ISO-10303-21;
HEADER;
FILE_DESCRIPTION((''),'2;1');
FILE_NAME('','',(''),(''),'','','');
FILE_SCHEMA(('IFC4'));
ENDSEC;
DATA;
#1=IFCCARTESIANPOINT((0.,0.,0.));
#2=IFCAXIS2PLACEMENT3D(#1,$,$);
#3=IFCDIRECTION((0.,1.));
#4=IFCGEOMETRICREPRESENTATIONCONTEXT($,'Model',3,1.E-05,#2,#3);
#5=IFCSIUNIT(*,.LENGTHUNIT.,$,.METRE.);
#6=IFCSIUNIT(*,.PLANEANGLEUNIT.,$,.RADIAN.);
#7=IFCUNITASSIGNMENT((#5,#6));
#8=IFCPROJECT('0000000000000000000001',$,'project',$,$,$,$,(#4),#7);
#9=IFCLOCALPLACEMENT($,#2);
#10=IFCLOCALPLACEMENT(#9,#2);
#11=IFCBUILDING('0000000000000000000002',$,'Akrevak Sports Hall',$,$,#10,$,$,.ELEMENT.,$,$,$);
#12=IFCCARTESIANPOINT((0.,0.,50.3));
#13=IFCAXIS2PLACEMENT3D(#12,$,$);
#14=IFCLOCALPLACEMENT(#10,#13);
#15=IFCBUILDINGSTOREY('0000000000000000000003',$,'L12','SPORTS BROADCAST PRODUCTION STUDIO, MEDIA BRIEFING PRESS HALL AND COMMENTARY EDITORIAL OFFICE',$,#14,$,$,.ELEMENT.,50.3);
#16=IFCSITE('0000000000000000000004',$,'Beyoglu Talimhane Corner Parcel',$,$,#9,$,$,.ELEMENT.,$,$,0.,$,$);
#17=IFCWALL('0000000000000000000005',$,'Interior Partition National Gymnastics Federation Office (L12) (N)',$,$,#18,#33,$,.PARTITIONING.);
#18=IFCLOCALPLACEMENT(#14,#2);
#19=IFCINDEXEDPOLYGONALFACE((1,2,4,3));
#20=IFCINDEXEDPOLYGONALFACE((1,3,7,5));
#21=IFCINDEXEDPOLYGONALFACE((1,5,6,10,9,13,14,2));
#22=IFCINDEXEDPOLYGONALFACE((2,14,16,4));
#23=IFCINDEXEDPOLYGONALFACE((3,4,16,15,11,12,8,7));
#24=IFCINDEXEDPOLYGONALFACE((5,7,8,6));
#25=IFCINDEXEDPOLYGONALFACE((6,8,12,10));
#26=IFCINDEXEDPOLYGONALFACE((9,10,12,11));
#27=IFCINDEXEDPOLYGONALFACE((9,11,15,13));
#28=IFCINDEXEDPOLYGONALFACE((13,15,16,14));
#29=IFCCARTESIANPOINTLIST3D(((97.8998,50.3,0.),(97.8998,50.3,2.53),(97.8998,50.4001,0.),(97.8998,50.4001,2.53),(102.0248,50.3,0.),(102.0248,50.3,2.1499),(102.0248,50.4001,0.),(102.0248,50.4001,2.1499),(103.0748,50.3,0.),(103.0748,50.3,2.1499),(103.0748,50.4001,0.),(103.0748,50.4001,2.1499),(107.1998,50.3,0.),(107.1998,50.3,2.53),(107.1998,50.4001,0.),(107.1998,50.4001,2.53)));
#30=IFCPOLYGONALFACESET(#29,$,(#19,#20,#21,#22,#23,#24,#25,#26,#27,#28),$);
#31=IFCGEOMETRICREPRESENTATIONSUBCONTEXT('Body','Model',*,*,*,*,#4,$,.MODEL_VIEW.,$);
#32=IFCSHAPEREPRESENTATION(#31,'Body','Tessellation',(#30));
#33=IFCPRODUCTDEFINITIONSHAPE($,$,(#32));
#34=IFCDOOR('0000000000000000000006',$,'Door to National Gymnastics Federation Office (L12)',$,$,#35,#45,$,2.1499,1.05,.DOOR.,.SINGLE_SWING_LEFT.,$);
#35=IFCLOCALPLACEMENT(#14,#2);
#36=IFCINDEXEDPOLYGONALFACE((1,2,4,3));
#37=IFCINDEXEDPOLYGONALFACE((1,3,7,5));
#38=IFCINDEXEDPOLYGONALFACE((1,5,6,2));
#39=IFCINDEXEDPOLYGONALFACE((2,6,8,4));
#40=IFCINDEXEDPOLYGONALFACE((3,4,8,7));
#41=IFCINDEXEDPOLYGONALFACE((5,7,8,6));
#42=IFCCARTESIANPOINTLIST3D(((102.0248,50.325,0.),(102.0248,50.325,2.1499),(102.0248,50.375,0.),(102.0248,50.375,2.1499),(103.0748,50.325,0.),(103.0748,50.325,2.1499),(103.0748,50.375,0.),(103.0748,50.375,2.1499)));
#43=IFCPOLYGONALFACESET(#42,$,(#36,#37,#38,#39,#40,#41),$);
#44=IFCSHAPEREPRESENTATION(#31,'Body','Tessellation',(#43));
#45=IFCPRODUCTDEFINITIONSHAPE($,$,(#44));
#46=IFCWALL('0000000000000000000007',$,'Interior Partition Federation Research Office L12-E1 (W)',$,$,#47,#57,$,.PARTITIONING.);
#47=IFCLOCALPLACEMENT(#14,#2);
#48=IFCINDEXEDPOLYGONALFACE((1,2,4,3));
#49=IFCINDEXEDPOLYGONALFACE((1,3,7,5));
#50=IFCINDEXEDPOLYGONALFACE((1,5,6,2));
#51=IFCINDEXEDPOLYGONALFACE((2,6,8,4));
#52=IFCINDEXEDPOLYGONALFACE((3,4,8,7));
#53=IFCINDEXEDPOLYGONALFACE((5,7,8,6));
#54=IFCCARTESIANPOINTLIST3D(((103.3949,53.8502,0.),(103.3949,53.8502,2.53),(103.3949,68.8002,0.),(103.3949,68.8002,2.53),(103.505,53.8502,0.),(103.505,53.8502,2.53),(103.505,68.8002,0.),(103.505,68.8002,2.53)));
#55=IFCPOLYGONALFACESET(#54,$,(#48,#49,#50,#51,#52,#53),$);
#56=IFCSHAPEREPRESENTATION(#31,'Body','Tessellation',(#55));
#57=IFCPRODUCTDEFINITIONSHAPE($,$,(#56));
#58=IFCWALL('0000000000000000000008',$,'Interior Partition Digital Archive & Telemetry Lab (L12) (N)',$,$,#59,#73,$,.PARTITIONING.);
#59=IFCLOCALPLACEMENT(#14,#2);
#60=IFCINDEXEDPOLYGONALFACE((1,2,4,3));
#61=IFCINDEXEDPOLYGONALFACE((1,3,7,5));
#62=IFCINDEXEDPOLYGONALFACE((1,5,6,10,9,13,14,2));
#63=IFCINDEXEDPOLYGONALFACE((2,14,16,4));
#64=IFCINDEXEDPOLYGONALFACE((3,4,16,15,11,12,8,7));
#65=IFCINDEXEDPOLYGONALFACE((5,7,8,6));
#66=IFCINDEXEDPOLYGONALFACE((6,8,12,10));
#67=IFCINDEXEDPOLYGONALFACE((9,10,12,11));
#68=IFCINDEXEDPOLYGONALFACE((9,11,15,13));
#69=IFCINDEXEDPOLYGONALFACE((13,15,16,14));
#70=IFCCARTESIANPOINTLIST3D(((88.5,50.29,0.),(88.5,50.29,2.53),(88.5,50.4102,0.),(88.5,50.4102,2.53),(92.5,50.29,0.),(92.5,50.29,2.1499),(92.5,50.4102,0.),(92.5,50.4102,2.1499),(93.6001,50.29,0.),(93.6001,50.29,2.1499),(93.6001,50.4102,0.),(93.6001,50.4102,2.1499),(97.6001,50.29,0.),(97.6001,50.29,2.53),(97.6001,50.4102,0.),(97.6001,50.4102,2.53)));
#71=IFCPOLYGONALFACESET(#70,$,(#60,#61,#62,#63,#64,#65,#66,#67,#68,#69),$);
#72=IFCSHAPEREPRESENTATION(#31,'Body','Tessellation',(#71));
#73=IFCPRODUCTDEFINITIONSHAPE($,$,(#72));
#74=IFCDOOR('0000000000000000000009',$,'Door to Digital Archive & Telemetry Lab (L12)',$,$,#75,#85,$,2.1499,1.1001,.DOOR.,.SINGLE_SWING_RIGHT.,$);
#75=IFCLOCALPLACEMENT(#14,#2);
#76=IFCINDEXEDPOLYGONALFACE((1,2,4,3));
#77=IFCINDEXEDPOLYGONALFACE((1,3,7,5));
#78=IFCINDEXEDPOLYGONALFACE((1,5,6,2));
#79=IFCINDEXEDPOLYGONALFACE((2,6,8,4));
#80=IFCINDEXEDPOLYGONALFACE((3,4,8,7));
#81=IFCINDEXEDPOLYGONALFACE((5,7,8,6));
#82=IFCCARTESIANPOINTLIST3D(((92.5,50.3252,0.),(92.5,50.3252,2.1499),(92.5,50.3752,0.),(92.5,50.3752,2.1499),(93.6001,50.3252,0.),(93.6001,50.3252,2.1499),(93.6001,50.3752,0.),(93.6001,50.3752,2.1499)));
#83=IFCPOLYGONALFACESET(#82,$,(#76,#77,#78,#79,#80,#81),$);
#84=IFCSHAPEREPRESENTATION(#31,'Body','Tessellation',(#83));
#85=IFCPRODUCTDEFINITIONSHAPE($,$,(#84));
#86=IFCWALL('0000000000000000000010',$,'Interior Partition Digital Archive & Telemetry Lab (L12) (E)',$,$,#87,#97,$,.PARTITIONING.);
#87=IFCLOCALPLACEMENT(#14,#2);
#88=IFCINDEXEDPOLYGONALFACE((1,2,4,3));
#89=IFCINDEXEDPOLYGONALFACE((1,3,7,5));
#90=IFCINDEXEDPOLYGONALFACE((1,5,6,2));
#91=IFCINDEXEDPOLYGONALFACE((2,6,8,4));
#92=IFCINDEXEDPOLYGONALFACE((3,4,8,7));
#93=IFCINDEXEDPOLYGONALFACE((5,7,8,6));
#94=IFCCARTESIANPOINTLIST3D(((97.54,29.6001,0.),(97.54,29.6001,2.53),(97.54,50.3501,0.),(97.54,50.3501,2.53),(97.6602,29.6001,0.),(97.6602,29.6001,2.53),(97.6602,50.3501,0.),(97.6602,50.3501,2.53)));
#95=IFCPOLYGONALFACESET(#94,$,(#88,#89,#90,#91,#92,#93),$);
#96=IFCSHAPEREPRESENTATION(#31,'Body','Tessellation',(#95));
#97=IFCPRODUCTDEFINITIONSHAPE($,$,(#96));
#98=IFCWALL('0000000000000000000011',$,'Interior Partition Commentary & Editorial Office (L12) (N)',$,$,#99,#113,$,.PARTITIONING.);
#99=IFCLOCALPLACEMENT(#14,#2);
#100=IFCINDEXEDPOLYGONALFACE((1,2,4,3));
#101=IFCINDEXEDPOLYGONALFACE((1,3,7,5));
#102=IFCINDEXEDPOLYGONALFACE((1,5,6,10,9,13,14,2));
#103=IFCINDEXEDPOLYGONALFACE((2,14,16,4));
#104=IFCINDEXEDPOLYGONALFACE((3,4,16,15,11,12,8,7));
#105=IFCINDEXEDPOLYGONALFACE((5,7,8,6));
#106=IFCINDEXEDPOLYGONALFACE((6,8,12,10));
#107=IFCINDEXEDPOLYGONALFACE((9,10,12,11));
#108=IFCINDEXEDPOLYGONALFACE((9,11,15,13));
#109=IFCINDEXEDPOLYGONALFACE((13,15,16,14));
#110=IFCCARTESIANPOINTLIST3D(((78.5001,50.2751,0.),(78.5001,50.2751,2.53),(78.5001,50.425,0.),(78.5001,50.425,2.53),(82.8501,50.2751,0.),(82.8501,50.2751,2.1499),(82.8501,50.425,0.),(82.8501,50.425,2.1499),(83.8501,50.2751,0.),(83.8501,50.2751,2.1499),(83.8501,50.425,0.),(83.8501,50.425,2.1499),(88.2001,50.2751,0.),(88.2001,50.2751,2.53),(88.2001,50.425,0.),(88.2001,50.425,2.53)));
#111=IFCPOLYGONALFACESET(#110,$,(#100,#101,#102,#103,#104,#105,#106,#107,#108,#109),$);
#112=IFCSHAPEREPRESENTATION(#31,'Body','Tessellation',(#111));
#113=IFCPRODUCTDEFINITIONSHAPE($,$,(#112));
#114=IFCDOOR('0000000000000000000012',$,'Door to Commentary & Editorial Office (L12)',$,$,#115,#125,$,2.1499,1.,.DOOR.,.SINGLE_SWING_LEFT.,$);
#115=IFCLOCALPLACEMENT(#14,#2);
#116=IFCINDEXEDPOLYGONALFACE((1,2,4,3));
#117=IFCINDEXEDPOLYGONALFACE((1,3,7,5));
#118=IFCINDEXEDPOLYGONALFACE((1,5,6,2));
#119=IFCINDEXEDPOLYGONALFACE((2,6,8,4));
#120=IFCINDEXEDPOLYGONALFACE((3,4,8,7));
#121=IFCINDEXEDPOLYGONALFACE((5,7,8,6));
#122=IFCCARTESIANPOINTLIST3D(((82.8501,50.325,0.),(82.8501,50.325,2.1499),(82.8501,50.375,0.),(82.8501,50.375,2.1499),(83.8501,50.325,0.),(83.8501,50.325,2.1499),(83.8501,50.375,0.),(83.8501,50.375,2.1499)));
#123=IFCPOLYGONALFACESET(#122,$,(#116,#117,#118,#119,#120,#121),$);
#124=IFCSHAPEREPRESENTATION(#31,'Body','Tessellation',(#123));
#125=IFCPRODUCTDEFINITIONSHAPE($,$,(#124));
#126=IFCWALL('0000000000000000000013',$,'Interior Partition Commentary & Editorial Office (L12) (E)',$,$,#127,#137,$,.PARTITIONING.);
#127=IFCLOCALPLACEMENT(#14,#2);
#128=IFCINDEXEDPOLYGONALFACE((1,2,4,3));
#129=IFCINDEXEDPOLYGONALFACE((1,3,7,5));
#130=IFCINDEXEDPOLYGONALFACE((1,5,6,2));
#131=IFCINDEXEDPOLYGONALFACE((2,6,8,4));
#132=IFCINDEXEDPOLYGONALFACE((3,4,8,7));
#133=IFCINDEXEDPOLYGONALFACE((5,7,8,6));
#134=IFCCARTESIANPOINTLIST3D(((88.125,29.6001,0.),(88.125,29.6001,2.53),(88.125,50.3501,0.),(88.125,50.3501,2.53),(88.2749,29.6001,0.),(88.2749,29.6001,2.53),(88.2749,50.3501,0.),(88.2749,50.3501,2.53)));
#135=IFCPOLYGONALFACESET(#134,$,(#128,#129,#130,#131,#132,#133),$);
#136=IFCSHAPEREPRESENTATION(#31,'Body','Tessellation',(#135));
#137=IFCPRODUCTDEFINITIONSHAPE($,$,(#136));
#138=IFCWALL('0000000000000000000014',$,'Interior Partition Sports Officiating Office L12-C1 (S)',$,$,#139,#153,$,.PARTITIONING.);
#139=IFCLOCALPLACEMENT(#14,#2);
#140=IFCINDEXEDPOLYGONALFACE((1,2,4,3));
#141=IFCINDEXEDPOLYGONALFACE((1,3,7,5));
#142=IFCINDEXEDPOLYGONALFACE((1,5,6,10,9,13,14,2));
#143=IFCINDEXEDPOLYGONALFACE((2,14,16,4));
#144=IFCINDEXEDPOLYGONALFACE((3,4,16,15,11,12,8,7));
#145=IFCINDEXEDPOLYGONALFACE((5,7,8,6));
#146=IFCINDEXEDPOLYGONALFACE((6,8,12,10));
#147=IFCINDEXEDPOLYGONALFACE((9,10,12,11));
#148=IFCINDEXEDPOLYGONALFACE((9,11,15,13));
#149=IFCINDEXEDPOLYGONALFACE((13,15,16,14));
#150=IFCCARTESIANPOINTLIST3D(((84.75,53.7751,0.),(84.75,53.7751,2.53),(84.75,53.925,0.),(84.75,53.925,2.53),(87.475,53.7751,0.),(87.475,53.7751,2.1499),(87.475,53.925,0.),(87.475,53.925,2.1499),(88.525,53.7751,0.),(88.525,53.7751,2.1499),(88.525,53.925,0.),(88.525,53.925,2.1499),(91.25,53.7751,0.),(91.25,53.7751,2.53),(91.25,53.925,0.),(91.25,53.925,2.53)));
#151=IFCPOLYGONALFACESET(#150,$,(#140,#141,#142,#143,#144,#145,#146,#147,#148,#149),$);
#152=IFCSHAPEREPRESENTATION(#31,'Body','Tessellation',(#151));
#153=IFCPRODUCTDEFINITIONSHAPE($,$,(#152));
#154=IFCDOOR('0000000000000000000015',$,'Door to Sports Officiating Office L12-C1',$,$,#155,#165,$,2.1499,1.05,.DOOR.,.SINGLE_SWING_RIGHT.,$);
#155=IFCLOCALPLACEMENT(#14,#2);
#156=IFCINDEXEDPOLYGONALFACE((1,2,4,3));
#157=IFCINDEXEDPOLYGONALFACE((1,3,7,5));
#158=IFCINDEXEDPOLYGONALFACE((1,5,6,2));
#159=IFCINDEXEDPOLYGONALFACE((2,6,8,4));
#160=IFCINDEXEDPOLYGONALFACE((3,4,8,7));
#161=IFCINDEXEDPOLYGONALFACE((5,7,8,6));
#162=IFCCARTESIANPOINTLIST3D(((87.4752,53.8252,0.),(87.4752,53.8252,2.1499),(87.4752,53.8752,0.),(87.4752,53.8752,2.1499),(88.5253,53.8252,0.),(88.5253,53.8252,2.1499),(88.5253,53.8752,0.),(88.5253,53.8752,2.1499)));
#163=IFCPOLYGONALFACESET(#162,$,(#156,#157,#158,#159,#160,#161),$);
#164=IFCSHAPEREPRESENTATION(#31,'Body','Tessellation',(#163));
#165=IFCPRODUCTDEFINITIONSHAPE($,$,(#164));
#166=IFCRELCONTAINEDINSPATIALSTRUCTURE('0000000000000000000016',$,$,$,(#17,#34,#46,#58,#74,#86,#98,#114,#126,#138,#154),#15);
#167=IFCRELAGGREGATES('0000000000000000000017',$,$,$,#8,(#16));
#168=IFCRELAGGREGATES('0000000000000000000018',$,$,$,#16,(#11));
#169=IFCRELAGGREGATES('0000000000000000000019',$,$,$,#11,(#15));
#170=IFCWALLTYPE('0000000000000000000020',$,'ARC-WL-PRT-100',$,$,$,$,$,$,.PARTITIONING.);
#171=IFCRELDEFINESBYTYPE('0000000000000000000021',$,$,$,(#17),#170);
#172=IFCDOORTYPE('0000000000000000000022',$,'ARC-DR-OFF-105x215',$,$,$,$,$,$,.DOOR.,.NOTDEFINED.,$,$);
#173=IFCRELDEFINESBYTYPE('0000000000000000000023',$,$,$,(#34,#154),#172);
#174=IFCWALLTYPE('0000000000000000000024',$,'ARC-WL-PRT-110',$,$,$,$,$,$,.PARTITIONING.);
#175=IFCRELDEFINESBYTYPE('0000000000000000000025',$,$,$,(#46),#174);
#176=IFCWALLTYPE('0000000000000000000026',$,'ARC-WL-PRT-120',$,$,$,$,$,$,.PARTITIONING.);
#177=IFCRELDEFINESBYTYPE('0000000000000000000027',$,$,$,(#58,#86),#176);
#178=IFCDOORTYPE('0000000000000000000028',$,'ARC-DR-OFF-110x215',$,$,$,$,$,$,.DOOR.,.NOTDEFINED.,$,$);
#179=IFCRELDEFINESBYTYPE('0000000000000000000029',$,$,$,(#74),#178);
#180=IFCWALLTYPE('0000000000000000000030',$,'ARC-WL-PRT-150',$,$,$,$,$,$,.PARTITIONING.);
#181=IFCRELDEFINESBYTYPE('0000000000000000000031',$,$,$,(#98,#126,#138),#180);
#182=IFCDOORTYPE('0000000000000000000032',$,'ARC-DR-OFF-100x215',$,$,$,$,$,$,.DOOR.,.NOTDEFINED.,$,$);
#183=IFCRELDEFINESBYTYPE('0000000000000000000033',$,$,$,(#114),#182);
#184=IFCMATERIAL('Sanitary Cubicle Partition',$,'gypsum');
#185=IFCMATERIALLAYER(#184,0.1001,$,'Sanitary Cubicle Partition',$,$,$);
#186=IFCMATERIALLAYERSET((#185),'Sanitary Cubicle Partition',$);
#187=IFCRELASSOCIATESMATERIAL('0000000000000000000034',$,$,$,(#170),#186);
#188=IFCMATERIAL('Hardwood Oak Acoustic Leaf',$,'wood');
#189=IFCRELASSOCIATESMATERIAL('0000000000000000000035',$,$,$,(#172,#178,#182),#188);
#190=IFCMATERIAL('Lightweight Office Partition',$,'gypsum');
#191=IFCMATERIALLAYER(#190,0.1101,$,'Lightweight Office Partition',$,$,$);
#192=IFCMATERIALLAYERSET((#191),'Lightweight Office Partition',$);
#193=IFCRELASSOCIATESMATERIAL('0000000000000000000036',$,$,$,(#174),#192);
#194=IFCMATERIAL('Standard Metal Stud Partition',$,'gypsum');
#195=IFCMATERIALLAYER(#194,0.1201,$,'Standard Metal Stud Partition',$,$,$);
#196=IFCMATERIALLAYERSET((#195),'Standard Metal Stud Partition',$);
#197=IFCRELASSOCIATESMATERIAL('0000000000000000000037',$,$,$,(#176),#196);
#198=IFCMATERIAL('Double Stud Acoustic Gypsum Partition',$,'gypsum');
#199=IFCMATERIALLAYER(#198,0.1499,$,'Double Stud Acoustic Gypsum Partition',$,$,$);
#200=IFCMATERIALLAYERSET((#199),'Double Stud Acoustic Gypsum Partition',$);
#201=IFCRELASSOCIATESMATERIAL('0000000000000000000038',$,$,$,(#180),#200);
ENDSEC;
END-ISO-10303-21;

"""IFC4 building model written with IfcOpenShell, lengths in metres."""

from ifc_helpers import new_model, si_unit, direction, frame, frame_2d, origin, place, context, subcontext, project, spatial, rectangle, extrude, material, layer, layer_set, type_object, element, fill, save


model = new_model("IFC4")

# Units and contexts
model_context = context("Model", 3, precision=1e-05, world=origin(), true_north=direction((0.0, 1.0)))
body_context = subcontext(model_context, "Body", "Model", "MODEL_VIEW")
ifc_project = project(units=[si_unit("LENGTHUNIT", "METRE"), si_unit("PLANEANGLEUNIT", "RADIAN")], contexts=[model_context])

# Site, building, storey
site_placement = place(None, origin())
site = spatial("IfcSite", under=ifc_project, at=site_placement, Name="Beyoglu Talimhane Corner Parcel", CompositionType="ELEMENT", RefElevation=0.0)
building_placement = place(site_placement, origin())
building = spatial("IfcBuilding", under=site, at=building_placement, Name="Akrevak Sports Hall", CompositionType="ELEMENT")
storey_placement = place(building_placement, frame((0.0, 0.0, 50.3)))
storey = spatial("IfcBuildingStorey", under=building, at=storey_placement, Name="L12", Description="SPORTS BROADCAST PRODUCTION STUDIO, MEDIA BRIEFING PRESS HALL AND COMMENTARY EDITORIAL OFFICE", CompositionType="ELEMENT", Elevation=50.3)

# Wall, opening, door
ifc_material_1 = material(Name="Sanitary Cubicle Partition", Category="gypsum")
ifc_layer_1 = layer(ifc_material_1, 0.1001, Name="Sanitary Cubicle Partition")
ifc_layer_set_1 = layer_set([ifc_layer_1], Name="Sanitary Cubicle Partition")
wall_type_1 = type_object("IfcWallType", Name="ARC-WL-PRT-100", PredefinedType="PARTITIONING", material=ifc_layer_set_1)
wall_1_placement = place(storey_placement, frame((97.8999, 50.3501, 0.0), z_axis=(0.0, 0.0, 1.0), x_axis=(1.0, 0.0, 0.0)))
wall_1 = element("IfcWall", 1, at=wall_1_placement, inside=storey, type_object=wall_type_1, Name="Interior Partition National Gymnastics Federation Office (L12) (N)", PredefinedType="PARTITIONING", context=body_context, shape_type="SweptSolid", body=[
    extrude(rectangle(XDim=9.3, YDim=0.1001, at=frame_2d((4.6499, 0.0))), origin(), (0.0, 0.0, 1.0), 2.53),
])
opening_1_placement = place(wall_1_placement, frame((4.125, 0.0, 0.0)))
opening_1 = element("IfcOpeningElement", 2, at=opening_1_placement, cuts=wall_1, PredefinedType="OPENING", context=body_context, shape_type="SweptSolid", body=[
    extrude(rectangle(XDim=1.05, YDim=2.1499, at=frame_2d((0.5249, 1.075))), frame((0.0, 0.062, 0.0), z_axis=(0.0, -1.0, 0.0), x_axis=(1.0, 0.0, 0.0)), (0.0, 0.0, 1.0), 0.124),
])
ifc_material_2 = material(Name="Hardwood Oak Acoustic Leaf", Category="wood")
door_type_1 = type_object("IfcDoorType", Name="ARC-DR-OFF-105x215", OperationType="NOTDEFINED", PredefinedType="DOOR", material=ifc_material_2)
door_1_placement = place(opening_1_placement, origin())
door_1 = element("IfcDoor", 3, at=door_1_placement, inside=storey, type_object=door_type_1, Name="Door to National Gymnastics Federation Office (L12)", OperationType="SINGLE_SWING_LEFT", OverallHeight=2.1499, OverallWidth=1.05, PredefinedType="DOOR", context=body_context, shape_type="SweptSolid", body=[
    extrude(rectangle(XDim=1.05, YDim=2.1499, at=frame_2d((0.5249, 1.075))), frame((0.0, 0.0249, 0.0), z_axis=(0.0, -1.0, 0.0), x_axis=(1.0, 0.0, 0.0)), (0.0, 0.0, 1.0), 0.05),
])
fill(opening_1, door_1)
ifc_material_3 = material(Name="Lightweight Office Partition", Category="gypsum")
ifc_layer_2 = layer(ifc_material_3, 0.1101, Name="Lightweight Office Partition")
ifc_layer_set_2 = layer_set([ifc_layer_2], Name="Lightweight Office Partition")
wall_type_2 = type_object("IfcWallType", Name="ARC-WL-PRT-110", PredefinedType="PARTITIONING", material=ifc_layer_set_2)
door_type_2 = type_object("IfcDoorType", Name="ARC-DR-OFF-110x215", OperationType="NOTDEFINED", PredefinedType="DOOR", material=ifc_material_2)

# Wall
wall_2_placement = place(storey_placement, frame((103.45, 53.8501, 0.0), z_axis=(0.0, 0.0, 1.0), x_axis=(0.0, 1.0, 0.0)))
element("IfcWall", 4, at=wall_2_placement, inside=storey, type_object=wall_type_2, Name="Interior Partition Federation Research Office L12-E1 (W)", PredefinedType="PARTITIONING", context=body_context, shape_type="SweptSolid", body=[
    extrude(rectangle(XDim=14.95, YDim=0.1101, at=frame_2d((7.4751, 0.0))), origin(), (0.0, 0.0, 1.0), 2.53),
])

# Wall, opening, door
ifc_material_4 = material(Name="Standard Metal Stud Partition", Category="gypsum")
ifc_layer_3 = layer(ifc_material_4, 0.1201, Name="Standard Metal Stud Partition")
ifc_layer_set_3 = layer_set([ifc_layer_3], Name="Standard Metal Stud Partition")
wall_type_3 = type_object("IfcWallType", Name="ARC-WL-PRT-120", PredefinedType="PARTITIONING", material=ifc_layer_set_3)
wall_3_placement = place(storey_placement, frame((88.5, 50.3501, 0.0), z_axis=(0.0, 0.0, 1.0), x_axis=(1.0, 0.0, 0.0)))
wall_3 = element("IfcWall", 5, at=wall_3_placement, inside=storey, type_object=wall_type_3, Name="Interior Partition Digital Archive & Telemetry Lab (L12) (N)", PredefinedType="PARTITIONING", context=body_context, shape_type="SweptSolid", body=[
    extrude(rectangle(XDim=9.1001, YDim=0.1201, at=frame_2d((4.55, 0.0))), origin(), (0.0, 0.0, 1.0), 2.53),
])
opening_2_placement = place(wall_3_placement, frame((4.0, 0.0, 0.0)))
opening_2 = element("IfcOpeningElement", 6, at=opening_2_placement, cuts=wall_3, PredefinedType="OPENING", context=body_context, shape_type="SweptSolid", body=[
    extrude(rectangle(XDim=1.1001, YDim=2.1499, at=frame_2d((0.55, 1.075))), frame((0.0, 0.072, 0.0), z_axis=(0.0, -1.0, 0.0), x_axis=(1.0, 0.0, 0.0)), (0.0, 0.0, 1.0), 0.144),
])
door_2_placement = place(opening_2_placement, frame((1.1001, 0.0, 0.0), z_axis=(0.0, 0.0, 1.0), x_axis=(-1.0, 0.0, 0.0)))
door_2 = element("IfcDoor", 7, at=door_2_placement, inside=storey, type_object=door_type_2, Name="Door to Digital Archive & Telemetry Lab (L12)", OperationType="SINGLE_SWING_RIGHT", OverallHeight=2.1499, OverallWidth=1.1001, PredefinedType="DOOR", context=body_context, shape_type="SweptSolid", body=[
    extrude(rectangle(XDim=1.1001, YDim=2.1499, at=frame_2d((0.55, 1.075))), frame((0.0, 0.0249, 0.0), z_axis=(0.0, -1.0, 0.0), x_axis=(1.0, 0.0, 0.0)), (0.0, 0.0, 1.0), 0.05),
])
fill(opening_2, door_2)

# Wall
wall_4_placement = place(storey_placement, frame((97.6001, 29.6001, 0.0), z_axis=(0.0, 0.0, 1.0), x_axis=(0.0, 1.0, 0.0)))
element("IfcWall", 8, at=wall_4_placement, inside=storey, type_object=wall_type_3, Name="Interior Partition Digital Archive & Telemetry Lab (L12) (E)", PredefinedType="PARTITIONING", context=body_context, shape_type="SweptSolid", body=[
    extrude(rectangle(XDim=20.75, YDim=0.1201, at=frame_2d((10.375, 0.0))), origin(), (0.0, 0.0, 1.0), 2.53),
])

# Wall, opening, door
ifc_material_5 = material(Name="Double Stud Acoustic Gypsum Partition", Category="gypsum")
ifc_layer_4 = layer(ifc_material_5, 0.1499, Name="Double Stud Acoustic Gypsum Partition")
ifc_layer_set_4 = layer_set([ifc_layer_4], Name="Double Stud Acoustic Gypsum Partition")
wall_type_4 = type_object("IfcWallType", Name="ARC-WL-PRT-150", PredefinedType="PARTITIONING", material=ifc_layer_set_4)
wall_5_placement = place(storey_placement, frame((78.5, 50.3501, 0.0), z_axis=(0.0, 0.0, 1.0), x_axis=(1.0, 0.0, 0.0)))
wall_5 = element("IfcWall", 9, at=wall_5_placement, inside=storey, type_object=wall_type_4, Name="Interior Partition Commentary & Editorial Office (L12) (N)", PredefinedType="PARTITIONING", context=body_context, shape_type="SweptSolid", body=[
    extrude(rectangle(XDim=9.7, YDim=0.1499, at=frame_2d((4.8501, 0.0))), origin(), (0.0, 0.0, 1.0), 2.53),
])
opening_3_placement = place(wall_5_placement, frame((4.3501, 0.0, 0.0)))
opening_3 = element("IfcOpeningElement", 10, at=opening_3_placement, cuts=wall_5, PredefinedType="OPENING", context=body_context, shape_type="SweptSolid", body=[
    extrude(rectangle(XDim=1.0, YDim=2.1499, at=frame_2d((0.5, 1.075))), frame((0.0, 0.0869, 0.0), z_axis=(0.0, -1.0, 0.0), x_axis=(1.0, 0.0, 0.0)), (0.0, 0.0, 1.0), 0.1738),
])
door_type_3 = type_object("IfcDoorType", Name="ARC-DR-OFF-100x215", OperationType="NOTDEFINED", PredefinedType="DOOR", material=ifc_material_2)
door_3_placement = place(opening_3_placement, origin())
door_3 = element("IfcDoor", 11, at=door_3_placement, inside=storey, type_object=door_type_3, Name="Door to Commentary & Editorial Office (L12)", OperationType="SINGLE_SWING_LEFT", OverallHeight=2.1499, OverallWidth=1.0, PredefinedType="DOOR", context=body_context, shape_type="SweptSolid", body=[
    extrude(rectangle(XDim=1.0, YDim=2.1499, at=frame_2d((0.5, 1.075))), frame((0.0, 0.0249, 0.0), z_axis=(0.0, -1.0, 0.0), x_axis=(1.0, 0.0, 0.0)), (0.0, 0.0, 1.0), 0.05),
])
fill(opening_3, door_3)

# Wall
wall_6_placement = place(storey_placement, frame((88.2, 29.6001, 0.0), z_axis=(0.0, 0.0, 1.0), x_axis=(0.0, 1.0, 0.0)))
element("IfcWall", 12, at=wall_6_placement, inside=storey, type_object=wall_type_4, Name="Interior Partition Commentary & Editorial Office (L12) (E)", PredefinedType="PARTITIONING", context=body_context, shape_type="SweptSolid", body=[
    extrude(rectangle(XDim=20.75, YDim=0.1499, at=frame_2d((10.375, 0.0))), origin(), (0.0, 0.0, 1.0), 2.53),
])

# Wall, opening, door
wall_7_placement = place(storey_placement, frame((84.75, 53.8501, 0.0), z_axis=(0.0, 0.0, 1.0), x_axis=(1.0, 0.0, 0.0)))
wall_7 = element("IfcWall", 13, at=wall_7_placement, inside=storey, type_object=wall_type_4, Name="Interior Partition Sports Officiating Office L12-C1 (S)", PredefinedType="PARTITIONING", context=body_context, shape_type="SweptSolid", body=[
    extrude(rectangle(XDim=6.5, YDim=0.1499, at=frame_2d((3.25, 0.0))), origin(), (0.0, 0.0, 1.0), 2.53),
])
opening_4_placement = place(wall_7_placement, frame((2.7251, 0.0, 0.0)))
opening_4 = element("IfcOpeningElement", 14, at=opening_4_placement, cuts=wall_7, PredefinedType="OPENING", context=body_context, shape_type="SweptSolid", body=[
    extrude(rectangle(XDim=1.05, YDim=2.1499, at=frame_2d((0.5249, 1.075))), frame((0.0, 0.0869, 0.0), z_axis=(0.0, -1.0, 0.0), x_axis=(1.0, 0.0, 0.0)), (0.0, 0.0, 1.0), 0.1738),
])
door_4_placement = place(opening_4_placement, frame((1.05, 0.0, 0.0), z_axis=(0.0, 0.0, 1.0), x_axis=(-1.0, 0.0, 0.0)))
door_4 = element("IfcDoor", 15, at=door_4_placement, inside=storey, type_object=door_type_1, Name="Door to Sports Officiating Office L12-C1", OperationType="SINGLE_SWING_RIGHT", OverallHeight=2.1499, OverallWidth=1.05, PredefinedType="DOOR", context=body_context, shape_type="SweptSolid", body=[
    extrude(rectangle(XDim=1.05, YDim=2.1499, at=frame_2d((0.5249, 1.075))), frame((0.0, 0.0249, 0.0), z_axis=(0.0, -1.0, 0.0), x_axis=(1.0, 0.0, 0.0)), (0.0, 0.0, 1.0), 0.05),
])
fill(opening_4, door_4)

save(model, "model.ifc")
